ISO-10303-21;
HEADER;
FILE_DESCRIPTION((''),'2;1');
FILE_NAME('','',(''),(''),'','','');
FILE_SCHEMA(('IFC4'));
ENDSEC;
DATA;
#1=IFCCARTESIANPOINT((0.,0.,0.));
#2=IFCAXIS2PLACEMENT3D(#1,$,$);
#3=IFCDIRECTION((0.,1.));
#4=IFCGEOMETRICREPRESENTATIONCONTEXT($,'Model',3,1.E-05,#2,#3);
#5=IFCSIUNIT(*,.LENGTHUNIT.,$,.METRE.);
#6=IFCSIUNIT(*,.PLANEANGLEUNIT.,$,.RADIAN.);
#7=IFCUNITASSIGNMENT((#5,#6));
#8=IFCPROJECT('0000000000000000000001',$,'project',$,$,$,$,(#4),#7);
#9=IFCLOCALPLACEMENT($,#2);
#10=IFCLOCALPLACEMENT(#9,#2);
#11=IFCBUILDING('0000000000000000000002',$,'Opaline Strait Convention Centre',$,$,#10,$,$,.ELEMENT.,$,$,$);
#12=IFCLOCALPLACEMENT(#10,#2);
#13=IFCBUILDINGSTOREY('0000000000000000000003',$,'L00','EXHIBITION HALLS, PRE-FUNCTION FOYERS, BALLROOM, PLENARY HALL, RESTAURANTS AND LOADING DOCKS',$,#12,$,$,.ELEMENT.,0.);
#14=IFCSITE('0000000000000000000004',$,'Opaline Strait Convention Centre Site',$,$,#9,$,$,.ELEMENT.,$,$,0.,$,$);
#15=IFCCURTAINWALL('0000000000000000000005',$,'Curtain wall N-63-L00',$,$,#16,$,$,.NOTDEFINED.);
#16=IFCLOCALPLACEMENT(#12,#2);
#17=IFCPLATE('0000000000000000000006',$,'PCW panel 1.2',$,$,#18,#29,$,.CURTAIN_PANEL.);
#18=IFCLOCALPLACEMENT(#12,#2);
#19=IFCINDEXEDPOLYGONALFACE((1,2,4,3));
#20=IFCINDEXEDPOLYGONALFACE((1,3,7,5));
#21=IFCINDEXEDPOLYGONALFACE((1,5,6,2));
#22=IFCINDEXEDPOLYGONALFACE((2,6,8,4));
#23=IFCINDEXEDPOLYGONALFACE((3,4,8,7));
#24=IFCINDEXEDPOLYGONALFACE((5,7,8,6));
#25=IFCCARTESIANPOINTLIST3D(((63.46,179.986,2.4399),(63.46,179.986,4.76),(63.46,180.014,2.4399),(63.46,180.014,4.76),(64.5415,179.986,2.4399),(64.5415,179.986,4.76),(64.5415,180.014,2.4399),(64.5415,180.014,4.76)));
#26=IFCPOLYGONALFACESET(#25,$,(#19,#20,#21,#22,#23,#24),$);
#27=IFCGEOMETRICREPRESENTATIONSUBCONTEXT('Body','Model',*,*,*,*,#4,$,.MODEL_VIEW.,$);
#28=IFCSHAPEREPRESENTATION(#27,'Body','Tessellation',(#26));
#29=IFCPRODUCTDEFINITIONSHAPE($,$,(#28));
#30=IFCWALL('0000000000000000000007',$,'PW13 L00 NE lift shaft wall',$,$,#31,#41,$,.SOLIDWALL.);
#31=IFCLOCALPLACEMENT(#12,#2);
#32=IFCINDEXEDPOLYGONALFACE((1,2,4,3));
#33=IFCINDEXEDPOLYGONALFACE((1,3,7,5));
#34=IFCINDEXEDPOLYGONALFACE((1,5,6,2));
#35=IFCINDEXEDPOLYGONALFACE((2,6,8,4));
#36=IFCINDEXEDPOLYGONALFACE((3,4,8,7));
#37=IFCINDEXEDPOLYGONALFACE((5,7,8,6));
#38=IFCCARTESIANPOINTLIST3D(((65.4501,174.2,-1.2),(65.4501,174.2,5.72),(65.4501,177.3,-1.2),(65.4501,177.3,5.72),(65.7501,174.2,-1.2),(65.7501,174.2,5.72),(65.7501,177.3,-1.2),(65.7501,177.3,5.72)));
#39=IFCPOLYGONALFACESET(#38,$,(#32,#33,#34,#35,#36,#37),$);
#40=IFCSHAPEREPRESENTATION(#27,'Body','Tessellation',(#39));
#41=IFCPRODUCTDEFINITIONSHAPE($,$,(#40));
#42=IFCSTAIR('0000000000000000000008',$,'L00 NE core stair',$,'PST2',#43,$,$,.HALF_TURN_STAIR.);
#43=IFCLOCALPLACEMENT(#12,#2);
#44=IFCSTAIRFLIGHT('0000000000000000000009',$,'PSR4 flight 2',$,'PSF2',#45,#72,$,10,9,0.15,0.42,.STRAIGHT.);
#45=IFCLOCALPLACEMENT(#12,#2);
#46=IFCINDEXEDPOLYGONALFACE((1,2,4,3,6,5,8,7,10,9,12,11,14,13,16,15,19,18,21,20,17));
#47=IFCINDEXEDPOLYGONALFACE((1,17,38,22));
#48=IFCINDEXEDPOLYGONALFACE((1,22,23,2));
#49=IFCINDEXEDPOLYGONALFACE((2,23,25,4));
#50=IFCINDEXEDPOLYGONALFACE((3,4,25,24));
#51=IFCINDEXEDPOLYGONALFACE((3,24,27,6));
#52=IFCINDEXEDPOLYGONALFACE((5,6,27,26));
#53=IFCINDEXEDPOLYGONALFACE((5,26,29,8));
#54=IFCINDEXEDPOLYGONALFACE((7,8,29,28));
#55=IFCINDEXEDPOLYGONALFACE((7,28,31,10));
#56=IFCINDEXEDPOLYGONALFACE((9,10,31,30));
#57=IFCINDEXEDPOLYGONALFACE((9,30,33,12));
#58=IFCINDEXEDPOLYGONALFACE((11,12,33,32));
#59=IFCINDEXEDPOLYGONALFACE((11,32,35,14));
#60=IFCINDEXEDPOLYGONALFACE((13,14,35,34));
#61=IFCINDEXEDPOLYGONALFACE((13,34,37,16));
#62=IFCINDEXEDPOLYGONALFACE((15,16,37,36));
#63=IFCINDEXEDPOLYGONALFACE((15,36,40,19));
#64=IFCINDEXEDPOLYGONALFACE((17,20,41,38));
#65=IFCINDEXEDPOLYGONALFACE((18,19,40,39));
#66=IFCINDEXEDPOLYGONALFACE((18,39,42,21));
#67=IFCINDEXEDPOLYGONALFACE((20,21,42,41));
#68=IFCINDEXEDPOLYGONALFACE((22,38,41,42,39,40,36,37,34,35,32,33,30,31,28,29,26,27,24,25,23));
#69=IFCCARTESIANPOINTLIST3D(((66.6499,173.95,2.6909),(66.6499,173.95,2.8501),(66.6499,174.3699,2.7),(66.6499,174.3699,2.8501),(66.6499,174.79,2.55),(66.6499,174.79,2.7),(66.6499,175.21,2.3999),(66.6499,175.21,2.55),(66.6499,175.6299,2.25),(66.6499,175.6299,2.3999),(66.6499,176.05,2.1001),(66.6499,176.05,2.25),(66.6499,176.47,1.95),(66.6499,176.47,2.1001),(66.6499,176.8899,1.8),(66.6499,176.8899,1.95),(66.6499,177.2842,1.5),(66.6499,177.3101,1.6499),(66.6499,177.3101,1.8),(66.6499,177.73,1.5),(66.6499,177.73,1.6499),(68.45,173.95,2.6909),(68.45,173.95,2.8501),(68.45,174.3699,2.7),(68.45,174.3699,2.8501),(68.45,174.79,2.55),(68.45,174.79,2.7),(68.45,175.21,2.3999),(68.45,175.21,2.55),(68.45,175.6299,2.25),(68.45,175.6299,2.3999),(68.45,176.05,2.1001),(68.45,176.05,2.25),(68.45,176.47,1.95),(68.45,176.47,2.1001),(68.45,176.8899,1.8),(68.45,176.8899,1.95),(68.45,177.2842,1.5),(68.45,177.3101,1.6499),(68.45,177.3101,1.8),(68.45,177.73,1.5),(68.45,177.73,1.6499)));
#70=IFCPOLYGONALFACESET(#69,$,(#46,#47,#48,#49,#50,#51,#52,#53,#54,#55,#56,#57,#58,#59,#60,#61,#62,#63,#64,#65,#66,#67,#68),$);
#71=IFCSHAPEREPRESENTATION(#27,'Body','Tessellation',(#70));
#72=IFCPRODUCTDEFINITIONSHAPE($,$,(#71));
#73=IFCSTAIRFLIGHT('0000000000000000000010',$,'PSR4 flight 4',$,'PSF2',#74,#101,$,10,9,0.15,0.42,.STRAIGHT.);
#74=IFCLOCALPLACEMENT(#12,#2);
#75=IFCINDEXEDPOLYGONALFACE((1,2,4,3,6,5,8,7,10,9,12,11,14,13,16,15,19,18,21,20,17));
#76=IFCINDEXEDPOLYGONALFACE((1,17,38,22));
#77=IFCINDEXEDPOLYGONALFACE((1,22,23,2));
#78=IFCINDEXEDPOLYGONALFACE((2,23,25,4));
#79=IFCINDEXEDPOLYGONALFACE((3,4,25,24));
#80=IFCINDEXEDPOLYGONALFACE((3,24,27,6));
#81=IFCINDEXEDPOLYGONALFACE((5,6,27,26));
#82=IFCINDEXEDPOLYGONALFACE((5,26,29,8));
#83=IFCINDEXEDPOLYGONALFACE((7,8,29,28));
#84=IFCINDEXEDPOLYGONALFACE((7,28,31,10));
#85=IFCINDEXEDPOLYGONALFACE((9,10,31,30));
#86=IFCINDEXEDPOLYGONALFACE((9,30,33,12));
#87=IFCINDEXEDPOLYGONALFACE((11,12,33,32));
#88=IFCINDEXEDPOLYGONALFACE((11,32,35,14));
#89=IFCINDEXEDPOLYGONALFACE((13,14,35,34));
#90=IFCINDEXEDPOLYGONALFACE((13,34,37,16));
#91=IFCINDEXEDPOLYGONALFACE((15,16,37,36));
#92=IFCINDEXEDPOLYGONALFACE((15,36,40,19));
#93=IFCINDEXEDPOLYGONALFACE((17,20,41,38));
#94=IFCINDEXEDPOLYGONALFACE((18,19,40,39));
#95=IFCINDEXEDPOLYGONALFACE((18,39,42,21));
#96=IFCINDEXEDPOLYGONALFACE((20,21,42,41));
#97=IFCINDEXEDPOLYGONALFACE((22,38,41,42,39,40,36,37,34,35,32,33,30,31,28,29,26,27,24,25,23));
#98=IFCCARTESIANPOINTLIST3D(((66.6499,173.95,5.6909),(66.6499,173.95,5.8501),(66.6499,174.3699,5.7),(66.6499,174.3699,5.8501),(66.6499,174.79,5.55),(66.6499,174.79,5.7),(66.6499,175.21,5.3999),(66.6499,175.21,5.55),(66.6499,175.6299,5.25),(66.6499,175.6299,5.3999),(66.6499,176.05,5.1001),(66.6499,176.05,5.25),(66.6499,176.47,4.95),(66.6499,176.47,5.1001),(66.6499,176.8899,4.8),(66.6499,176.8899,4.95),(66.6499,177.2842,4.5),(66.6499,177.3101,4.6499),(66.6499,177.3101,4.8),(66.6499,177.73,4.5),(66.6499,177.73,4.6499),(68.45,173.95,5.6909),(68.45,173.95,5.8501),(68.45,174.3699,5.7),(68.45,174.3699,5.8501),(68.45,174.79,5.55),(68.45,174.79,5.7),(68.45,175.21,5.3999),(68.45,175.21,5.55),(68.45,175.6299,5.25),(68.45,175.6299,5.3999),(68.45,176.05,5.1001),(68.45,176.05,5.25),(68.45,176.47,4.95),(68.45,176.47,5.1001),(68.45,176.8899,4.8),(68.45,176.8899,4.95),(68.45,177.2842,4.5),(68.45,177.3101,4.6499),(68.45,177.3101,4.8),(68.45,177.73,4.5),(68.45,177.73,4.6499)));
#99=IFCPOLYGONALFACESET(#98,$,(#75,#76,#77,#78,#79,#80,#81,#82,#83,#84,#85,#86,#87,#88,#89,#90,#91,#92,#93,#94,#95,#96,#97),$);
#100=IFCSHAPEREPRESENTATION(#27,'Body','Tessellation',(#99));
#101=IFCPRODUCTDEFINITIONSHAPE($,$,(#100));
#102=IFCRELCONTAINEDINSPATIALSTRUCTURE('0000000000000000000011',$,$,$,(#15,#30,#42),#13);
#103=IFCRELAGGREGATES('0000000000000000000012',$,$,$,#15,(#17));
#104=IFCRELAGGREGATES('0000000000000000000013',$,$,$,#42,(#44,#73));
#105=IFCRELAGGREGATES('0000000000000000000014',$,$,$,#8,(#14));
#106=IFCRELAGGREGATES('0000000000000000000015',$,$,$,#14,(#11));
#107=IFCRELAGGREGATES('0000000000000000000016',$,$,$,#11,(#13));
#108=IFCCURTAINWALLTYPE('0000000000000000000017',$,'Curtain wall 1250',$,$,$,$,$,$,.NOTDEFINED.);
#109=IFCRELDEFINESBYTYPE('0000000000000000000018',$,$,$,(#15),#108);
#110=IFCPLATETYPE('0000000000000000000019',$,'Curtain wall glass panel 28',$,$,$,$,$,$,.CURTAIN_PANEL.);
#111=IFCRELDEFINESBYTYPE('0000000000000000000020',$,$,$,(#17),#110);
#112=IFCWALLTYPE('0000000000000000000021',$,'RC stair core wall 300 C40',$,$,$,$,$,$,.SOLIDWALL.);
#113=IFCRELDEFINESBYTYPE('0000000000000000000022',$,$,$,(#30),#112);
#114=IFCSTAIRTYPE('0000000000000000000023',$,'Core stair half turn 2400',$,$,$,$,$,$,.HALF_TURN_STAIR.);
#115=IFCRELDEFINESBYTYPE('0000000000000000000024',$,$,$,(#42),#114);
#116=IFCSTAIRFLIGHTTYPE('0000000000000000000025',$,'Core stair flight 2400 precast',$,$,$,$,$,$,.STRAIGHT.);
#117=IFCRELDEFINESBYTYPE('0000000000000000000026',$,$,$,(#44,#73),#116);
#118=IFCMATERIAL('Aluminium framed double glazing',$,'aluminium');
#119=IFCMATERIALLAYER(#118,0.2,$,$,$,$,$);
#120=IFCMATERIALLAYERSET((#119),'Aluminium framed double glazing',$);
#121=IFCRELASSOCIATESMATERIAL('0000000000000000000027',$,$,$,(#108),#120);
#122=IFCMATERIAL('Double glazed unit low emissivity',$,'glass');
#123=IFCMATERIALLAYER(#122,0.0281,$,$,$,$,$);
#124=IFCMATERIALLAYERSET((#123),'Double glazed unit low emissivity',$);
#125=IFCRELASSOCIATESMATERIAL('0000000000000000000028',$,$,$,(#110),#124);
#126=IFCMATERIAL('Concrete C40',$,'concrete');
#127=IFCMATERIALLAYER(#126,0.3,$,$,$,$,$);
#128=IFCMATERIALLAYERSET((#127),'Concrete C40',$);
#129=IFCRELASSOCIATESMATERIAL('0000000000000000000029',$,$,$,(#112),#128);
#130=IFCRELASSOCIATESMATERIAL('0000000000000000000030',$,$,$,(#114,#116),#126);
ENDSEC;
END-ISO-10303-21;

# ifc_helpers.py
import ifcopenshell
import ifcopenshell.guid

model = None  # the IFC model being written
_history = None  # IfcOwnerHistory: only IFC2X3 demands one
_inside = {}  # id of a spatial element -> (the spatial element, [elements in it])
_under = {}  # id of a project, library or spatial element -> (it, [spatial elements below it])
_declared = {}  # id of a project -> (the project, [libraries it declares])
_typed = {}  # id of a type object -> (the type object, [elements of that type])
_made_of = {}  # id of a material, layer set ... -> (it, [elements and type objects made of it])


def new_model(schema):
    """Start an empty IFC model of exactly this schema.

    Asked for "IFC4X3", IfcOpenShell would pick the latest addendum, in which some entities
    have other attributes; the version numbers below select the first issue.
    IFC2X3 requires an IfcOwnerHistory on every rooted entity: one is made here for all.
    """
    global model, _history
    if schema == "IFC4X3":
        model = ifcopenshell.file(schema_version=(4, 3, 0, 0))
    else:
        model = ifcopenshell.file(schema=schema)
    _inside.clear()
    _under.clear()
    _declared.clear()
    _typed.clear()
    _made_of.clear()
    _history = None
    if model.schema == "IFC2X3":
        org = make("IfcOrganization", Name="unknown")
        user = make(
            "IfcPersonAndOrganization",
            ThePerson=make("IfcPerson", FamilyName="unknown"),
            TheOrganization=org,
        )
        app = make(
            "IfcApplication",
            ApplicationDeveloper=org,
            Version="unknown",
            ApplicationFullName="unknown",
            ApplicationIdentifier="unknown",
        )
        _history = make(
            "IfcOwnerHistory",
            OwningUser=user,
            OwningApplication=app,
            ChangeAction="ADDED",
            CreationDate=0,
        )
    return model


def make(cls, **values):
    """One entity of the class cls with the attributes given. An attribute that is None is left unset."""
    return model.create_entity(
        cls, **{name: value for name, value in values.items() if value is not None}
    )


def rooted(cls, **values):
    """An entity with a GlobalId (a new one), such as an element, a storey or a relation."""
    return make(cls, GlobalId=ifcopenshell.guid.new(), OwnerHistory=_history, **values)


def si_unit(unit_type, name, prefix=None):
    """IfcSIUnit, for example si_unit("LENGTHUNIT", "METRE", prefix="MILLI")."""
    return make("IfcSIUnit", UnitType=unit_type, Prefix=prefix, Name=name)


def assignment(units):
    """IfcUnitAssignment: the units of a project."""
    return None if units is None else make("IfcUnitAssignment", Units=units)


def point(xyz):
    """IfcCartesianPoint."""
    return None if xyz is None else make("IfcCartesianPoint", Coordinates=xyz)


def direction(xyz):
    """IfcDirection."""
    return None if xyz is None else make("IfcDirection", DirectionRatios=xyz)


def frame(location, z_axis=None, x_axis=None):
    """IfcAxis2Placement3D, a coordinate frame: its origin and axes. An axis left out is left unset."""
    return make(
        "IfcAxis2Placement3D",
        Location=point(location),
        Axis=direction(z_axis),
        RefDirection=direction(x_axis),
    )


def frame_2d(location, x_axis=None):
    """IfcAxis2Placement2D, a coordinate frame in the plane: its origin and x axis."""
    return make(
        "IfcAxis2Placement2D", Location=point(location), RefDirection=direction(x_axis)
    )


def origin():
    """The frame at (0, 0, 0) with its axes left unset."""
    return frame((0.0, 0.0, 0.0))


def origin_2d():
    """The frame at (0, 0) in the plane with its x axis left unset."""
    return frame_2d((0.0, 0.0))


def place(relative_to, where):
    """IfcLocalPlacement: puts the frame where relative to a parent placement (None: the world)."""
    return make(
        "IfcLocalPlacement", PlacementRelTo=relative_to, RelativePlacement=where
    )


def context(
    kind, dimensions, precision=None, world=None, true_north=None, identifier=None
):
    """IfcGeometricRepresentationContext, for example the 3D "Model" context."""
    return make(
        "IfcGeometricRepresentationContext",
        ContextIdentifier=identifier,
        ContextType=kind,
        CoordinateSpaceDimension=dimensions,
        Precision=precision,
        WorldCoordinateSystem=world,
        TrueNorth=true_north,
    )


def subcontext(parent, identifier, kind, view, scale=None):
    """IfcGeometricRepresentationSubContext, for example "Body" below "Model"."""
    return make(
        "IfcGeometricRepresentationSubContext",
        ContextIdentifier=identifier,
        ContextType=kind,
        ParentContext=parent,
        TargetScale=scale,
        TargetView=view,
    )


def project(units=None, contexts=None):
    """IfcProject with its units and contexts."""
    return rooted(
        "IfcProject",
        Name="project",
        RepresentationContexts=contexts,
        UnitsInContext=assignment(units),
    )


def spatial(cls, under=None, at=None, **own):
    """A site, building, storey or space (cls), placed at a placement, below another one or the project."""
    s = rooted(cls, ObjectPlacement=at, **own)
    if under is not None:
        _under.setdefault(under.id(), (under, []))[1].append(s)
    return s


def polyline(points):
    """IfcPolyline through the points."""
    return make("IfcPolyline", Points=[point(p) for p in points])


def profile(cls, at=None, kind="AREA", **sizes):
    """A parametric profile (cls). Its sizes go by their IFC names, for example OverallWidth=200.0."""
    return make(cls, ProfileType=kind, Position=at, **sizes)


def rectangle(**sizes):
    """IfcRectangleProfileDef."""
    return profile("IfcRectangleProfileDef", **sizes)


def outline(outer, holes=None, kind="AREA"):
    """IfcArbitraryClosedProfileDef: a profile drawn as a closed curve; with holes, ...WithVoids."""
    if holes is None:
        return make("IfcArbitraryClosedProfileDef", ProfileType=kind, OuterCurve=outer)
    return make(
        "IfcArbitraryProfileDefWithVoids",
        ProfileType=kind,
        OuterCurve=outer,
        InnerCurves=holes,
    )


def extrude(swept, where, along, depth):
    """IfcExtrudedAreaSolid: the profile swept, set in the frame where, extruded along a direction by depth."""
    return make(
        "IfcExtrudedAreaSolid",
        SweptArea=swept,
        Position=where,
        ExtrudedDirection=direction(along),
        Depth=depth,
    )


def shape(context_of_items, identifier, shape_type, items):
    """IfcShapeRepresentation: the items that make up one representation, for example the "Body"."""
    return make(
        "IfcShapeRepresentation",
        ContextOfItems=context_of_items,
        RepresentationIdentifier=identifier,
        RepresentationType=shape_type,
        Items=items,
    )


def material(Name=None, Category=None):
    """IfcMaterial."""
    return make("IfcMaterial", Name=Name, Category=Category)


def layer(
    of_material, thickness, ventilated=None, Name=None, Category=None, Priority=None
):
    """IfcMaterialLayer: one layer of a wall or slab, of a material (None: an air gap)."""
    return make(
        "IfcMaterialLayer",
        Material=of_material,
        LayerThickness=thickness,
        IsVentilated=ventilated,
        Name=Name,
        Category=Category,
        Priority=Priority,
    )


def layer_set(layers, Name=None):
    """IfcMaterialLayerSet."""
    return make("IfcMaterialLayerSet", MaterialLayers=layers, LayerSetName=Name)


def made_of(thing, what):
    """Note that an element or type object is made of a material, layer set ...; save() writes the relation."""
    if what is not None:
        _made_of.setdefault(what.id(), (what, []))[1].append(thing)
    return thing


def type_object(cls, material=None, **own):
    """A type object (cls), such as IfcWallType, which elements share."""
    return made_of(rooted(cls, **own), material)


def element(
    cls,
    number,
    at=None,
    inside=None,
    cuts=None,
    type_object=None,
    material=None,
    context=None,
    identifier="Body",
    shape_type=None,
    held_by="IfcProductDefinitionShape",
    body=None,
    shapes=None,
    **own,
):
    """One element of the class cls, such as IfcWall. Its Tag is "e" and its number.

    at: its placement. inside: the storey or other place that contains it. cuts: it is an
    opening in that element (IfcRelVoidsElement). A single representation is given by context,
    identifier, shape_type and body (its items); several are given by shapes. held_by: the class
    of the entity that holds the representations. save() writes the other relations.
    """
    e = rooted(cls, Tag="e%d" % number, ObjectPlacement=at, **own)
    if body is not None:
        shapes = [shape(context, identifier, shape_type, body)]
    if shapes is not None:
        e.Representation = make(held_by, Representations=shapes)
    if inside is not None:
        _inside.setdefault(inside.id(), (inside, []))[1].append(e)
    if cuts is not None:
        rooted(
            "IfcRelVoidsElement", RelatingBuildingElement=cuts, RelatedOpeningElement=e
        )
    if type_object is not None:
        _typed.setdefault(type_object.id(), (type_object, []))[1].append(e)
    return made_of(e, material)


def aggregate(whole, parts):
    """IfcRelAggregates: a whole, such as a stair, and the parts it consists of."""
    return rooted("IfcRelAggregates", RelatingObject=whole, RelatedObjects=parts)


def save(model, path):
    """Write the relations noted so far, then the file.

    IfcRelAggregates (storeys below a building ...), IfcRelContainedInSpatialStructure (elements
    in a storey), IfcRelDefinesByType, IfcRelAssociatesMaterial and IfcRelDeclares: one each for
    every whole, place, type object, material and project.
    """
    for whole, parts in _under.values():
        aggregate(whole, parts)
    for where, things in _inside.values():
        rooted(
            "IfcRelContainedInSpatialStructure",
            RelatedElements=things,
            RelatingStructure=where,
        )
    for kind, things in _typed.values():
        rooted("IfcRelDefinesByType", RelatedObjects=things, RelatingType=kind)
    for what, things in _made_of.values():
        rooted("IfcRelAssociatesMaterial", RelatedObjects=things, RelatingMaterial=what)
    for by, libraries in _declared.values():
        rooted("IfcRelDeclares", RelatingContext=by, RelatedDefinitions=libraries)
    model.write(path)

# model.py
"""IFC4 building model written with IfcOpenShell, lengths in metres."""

from ifc_helpers import new_model, si_unit, direction, frame, frame_2d, origin, origin_2d, place, context, subcontext, project, spatial, polyline, rectangle, outline, extrude, material, layer, layer_set, type_object, element, aggregate, save


model = new_model("IFC4")

# Units and contexts
model_context = context("Model", 3, precision=1e-05, world=origin(), true_north=direction((0.0, 1.0)))
body_context = subcontext(model_context, "Body", "Model", "MODEL_VIEW")
ifc_project = project(units=[si_unit("LENGTHUNIT", "METRE"), si_unit("PLANEANGLEUNIT", "RADIAN")], contexts=[model_context])

# Site, building, storey
site_placement = place(None, origin())
site = spatial("IfcSite", under=ifc_project, at=site_placement, Name="Opaline Strait Convention Centre Site", CompositionType="ELEMENT", RefElevation=0.0)
building_placement = place(site_placement, origin())
building = spatial("IfcBuilding", under=site, at=building_placement, Name="Opaline Strait Convention Centre", CompositionType="ELEMENT")
storey_placement = place(building_placement, origin())
storey = spatial("IfcBuildingStorey", under=building, at=storey_placement, Name="L00", Description="EXHIBITION HALLS, PRE-FUNCTION FOYERS, BALLROOM, PLENARY HALL, RESTAURANTS AND LOADING DOCKS", CompositionType="ELEMENT", Elevation=0.0)

# Shared definitions
ifc_material_1 = material(Name="Concrete C40", Category="concrete")

# Curtain wall, plate
ifc_material_2 = material(Name="Aluminium framed double glazing", Category="aluminium")
ifc_layer_1 = layer(ifc_material_2, 0.2)
ifc_layer_set_1 = layer_set([ifc_layer_1], Name="Aluminium framed double glazing")
curtain_wall_type = type_object("IfcCurtainWallType", Name="Curtain wall 1250", PredefinedType="NOTDEFINED", material=ifc_layer_set_1)
curtain_wall_placement = place(storey_placement, origin())
curtain_wall = element("IfcCurtainWall", 1, at=curtain_wall_placement, inside=storey, type_object=curtain_wall_type, Name="Curtain wall N-63-L00", PredefinedType="NOTDEFINED")
ifc_material_3 = material(Name="Double glazed unit low emissivity", Category="glass")
ifc_layer_2 = layer(ifc_material_3, 0.0281)
ifc_layer_set_2 = layer_set([ifc_layer_2], Name="Double glazed unit low emissivity")
plate_type = type_object("IfcPlateType", Name="Curtain wall glass panel 28", PredefinedType="CURTAIN_PANEL", material=ifc_layer_set_2)
plate_placement = place(storey_placement, frame((64.0007, 180.0, 2.4399), z_axis=(0.0, 0.0, 1.0), x_axis=(1.0, 0.0, 0.0)))
plate = element("IfcPlate", 2, at=plate_placement, type_object=plate_type, Name="PCW panel 1.2", PredefinedType="CURTAIN_PANEL", context=body_context, shape_type="SweptSolid", body=[
    extrude(rectangle(XDim=1.0815, YDim=0.0281, at=origin_2d()), origin(), (0.0, 0.0, 1.0), 2.3201),
])
aggregate(curtain_wall, [plate])

# Wall
ifc_layer_3 = layer(ifc_material_1, 0.3)
ifc_layer_set_3 = layer_set([ifc_layer_3], Name="Concrete C40")
wall_type = type_object("IfcWallType", Name="RC stair core wall 300 C40", PredefinedType="SOLIDWALL", material=ifc_layer_set_3)
wall_placement = place(storey_placement, frame((65.6001, 174.2, -1.2), z_axis=(0.0, 0.0, 1.0), x_axis=(0.0, 1.0, 0.0)))
element("IfcWall", 3, at=wall_placement, inside=storey, type_object=wall_type, Name="PW13 L00 NE lift shaft wall", PredefinedType="SOLIDWALL", context=body_context, shape_type="SweptSolid", body=[
    extrude(rectangle(XDim=3.1001, YDim=0.3, at=frame_2d((1.55, 0.0))), origin(), (0.0, 0.0, 1.0), 6.9199),
])

# Stair, stair flights
stair_type = type_object("IfcStairType", Name="Core stair half turn 2400", PredefinedType="HALF_TURN_STAIR", material=ifc_material_1)
stair_placement = place(storey_placement, origin())
stair = element("IfcStair", 4, at=stair_placement, inside=storey, type_object=stair_type, Name="L00 NE core stair", ObjectType="PST2", PredefinedType="HALF_TURN_STAIR")
stair_flight_type = type_object("IfcStairFlightType", Name="Core stair flight 2400 precast", PredefinedType="STRAIGHT", material=ifc_material_1)
stair_flight_1_placement = place(storey_placement, frame((67.55, 177.73, 1.5), z_axis=(0.0, 0.0, 1.0), x_axis=(0.0, -1.0, 0.0)))
stair_flight_1 = element("IfcStairFlight", 5, at=stair_flight_1_placement, type_object=stair_flight_type, Name="PSR4 flight 2", ObjectType="PSF2", NumberOfRisers=10, NumberOfTreads=9, PredefinedType="STRAIGHT", RiserHeight=0.15, TreadLength=0.42, context=body_context, shape_type="SweptSolid", body=[
    extrude(outline(polyline([(0.0, 0.0), (0.0, 0.1499), (0.4199, 0.1499), (0.4199, 0.3), (0.8401, 0.3), (0.8401, 0.45), (1.26, 0.45), (1.26, 0.6001), (1.6799, 0.6001), (1.6799, 0.75), (2.1001, 0.75), (2.1001, 0.8999), (2.52, 0.8999), (2.52, 1.05), (2.9399, 1.05), (2.9399, 1.2), (3.3601, 1.2), (3.3601, 1.3501), (3.78, 1.3501), (3.78, 1.5), (3.78, 1.1909), (0.4458, 0.0), (0.0, 0.0)])), frame((0.0, 0.8999, 0.0), z_axis=(0.0, -1.0, 0.0), x_axis=(1.0, 0.0, 0.0)), (0.0, 0.0, 1.0), 1.8),
])
stair_flight_2_placement = place(storey_placement, frame((67.55, 177.73, 4.5), z_axis=(0.0, 0.0, 1.0), x_axis=(0.0, -1.0, 0.0)))
stair_flight_2 = element("IfcStairFlight", 6, at=stair_flight_2_placement, type_object=stair_flight_type, Name="PSR4 flight 4", ObjectType="PSF2", NumberOfRisers=10, NumberOfTreads=9, PredefinedType="STRAIGHT", RiserHeight=0.15, TreadLength=0.42, context=body_context, shape_type="SweptSolid", body=[
    extrude(outline(polyline([(0.0, 0.0), (0.0, 0.1499), (0.4199, 0.1499), (0.4199, 0.3), (0.8401, 0.3), (0.8401, 0.45), (1.26, 0.45), (1.26, 0.6001), (1.6799, 0.6001), (1.6799, 0.75), (2.1001, 0.75), (2.1001, 0.8999), (2.52, 0.8999), (2.52, 1.05), (2.9399, 1.05), (2.9399, 1.2), (3.3601, 1.2), (3.3601, 1.3501), (3.78, 1.3501), (3.78, 1.5), (3.78, 1.1909), (0.4458, 0.0), (0.0, 0.0)])), frame((0.0, 0.8999, 0.0), z_axis=(0.0, -1.0, 0.0), x_axis=(1.0, 0.0, 0.0)), (0.0, 0.0, 1.0), 1.8),
])
aggregate(stair, [stair_flight_1, stair_flight_2])

save(model, "model.ifc")
